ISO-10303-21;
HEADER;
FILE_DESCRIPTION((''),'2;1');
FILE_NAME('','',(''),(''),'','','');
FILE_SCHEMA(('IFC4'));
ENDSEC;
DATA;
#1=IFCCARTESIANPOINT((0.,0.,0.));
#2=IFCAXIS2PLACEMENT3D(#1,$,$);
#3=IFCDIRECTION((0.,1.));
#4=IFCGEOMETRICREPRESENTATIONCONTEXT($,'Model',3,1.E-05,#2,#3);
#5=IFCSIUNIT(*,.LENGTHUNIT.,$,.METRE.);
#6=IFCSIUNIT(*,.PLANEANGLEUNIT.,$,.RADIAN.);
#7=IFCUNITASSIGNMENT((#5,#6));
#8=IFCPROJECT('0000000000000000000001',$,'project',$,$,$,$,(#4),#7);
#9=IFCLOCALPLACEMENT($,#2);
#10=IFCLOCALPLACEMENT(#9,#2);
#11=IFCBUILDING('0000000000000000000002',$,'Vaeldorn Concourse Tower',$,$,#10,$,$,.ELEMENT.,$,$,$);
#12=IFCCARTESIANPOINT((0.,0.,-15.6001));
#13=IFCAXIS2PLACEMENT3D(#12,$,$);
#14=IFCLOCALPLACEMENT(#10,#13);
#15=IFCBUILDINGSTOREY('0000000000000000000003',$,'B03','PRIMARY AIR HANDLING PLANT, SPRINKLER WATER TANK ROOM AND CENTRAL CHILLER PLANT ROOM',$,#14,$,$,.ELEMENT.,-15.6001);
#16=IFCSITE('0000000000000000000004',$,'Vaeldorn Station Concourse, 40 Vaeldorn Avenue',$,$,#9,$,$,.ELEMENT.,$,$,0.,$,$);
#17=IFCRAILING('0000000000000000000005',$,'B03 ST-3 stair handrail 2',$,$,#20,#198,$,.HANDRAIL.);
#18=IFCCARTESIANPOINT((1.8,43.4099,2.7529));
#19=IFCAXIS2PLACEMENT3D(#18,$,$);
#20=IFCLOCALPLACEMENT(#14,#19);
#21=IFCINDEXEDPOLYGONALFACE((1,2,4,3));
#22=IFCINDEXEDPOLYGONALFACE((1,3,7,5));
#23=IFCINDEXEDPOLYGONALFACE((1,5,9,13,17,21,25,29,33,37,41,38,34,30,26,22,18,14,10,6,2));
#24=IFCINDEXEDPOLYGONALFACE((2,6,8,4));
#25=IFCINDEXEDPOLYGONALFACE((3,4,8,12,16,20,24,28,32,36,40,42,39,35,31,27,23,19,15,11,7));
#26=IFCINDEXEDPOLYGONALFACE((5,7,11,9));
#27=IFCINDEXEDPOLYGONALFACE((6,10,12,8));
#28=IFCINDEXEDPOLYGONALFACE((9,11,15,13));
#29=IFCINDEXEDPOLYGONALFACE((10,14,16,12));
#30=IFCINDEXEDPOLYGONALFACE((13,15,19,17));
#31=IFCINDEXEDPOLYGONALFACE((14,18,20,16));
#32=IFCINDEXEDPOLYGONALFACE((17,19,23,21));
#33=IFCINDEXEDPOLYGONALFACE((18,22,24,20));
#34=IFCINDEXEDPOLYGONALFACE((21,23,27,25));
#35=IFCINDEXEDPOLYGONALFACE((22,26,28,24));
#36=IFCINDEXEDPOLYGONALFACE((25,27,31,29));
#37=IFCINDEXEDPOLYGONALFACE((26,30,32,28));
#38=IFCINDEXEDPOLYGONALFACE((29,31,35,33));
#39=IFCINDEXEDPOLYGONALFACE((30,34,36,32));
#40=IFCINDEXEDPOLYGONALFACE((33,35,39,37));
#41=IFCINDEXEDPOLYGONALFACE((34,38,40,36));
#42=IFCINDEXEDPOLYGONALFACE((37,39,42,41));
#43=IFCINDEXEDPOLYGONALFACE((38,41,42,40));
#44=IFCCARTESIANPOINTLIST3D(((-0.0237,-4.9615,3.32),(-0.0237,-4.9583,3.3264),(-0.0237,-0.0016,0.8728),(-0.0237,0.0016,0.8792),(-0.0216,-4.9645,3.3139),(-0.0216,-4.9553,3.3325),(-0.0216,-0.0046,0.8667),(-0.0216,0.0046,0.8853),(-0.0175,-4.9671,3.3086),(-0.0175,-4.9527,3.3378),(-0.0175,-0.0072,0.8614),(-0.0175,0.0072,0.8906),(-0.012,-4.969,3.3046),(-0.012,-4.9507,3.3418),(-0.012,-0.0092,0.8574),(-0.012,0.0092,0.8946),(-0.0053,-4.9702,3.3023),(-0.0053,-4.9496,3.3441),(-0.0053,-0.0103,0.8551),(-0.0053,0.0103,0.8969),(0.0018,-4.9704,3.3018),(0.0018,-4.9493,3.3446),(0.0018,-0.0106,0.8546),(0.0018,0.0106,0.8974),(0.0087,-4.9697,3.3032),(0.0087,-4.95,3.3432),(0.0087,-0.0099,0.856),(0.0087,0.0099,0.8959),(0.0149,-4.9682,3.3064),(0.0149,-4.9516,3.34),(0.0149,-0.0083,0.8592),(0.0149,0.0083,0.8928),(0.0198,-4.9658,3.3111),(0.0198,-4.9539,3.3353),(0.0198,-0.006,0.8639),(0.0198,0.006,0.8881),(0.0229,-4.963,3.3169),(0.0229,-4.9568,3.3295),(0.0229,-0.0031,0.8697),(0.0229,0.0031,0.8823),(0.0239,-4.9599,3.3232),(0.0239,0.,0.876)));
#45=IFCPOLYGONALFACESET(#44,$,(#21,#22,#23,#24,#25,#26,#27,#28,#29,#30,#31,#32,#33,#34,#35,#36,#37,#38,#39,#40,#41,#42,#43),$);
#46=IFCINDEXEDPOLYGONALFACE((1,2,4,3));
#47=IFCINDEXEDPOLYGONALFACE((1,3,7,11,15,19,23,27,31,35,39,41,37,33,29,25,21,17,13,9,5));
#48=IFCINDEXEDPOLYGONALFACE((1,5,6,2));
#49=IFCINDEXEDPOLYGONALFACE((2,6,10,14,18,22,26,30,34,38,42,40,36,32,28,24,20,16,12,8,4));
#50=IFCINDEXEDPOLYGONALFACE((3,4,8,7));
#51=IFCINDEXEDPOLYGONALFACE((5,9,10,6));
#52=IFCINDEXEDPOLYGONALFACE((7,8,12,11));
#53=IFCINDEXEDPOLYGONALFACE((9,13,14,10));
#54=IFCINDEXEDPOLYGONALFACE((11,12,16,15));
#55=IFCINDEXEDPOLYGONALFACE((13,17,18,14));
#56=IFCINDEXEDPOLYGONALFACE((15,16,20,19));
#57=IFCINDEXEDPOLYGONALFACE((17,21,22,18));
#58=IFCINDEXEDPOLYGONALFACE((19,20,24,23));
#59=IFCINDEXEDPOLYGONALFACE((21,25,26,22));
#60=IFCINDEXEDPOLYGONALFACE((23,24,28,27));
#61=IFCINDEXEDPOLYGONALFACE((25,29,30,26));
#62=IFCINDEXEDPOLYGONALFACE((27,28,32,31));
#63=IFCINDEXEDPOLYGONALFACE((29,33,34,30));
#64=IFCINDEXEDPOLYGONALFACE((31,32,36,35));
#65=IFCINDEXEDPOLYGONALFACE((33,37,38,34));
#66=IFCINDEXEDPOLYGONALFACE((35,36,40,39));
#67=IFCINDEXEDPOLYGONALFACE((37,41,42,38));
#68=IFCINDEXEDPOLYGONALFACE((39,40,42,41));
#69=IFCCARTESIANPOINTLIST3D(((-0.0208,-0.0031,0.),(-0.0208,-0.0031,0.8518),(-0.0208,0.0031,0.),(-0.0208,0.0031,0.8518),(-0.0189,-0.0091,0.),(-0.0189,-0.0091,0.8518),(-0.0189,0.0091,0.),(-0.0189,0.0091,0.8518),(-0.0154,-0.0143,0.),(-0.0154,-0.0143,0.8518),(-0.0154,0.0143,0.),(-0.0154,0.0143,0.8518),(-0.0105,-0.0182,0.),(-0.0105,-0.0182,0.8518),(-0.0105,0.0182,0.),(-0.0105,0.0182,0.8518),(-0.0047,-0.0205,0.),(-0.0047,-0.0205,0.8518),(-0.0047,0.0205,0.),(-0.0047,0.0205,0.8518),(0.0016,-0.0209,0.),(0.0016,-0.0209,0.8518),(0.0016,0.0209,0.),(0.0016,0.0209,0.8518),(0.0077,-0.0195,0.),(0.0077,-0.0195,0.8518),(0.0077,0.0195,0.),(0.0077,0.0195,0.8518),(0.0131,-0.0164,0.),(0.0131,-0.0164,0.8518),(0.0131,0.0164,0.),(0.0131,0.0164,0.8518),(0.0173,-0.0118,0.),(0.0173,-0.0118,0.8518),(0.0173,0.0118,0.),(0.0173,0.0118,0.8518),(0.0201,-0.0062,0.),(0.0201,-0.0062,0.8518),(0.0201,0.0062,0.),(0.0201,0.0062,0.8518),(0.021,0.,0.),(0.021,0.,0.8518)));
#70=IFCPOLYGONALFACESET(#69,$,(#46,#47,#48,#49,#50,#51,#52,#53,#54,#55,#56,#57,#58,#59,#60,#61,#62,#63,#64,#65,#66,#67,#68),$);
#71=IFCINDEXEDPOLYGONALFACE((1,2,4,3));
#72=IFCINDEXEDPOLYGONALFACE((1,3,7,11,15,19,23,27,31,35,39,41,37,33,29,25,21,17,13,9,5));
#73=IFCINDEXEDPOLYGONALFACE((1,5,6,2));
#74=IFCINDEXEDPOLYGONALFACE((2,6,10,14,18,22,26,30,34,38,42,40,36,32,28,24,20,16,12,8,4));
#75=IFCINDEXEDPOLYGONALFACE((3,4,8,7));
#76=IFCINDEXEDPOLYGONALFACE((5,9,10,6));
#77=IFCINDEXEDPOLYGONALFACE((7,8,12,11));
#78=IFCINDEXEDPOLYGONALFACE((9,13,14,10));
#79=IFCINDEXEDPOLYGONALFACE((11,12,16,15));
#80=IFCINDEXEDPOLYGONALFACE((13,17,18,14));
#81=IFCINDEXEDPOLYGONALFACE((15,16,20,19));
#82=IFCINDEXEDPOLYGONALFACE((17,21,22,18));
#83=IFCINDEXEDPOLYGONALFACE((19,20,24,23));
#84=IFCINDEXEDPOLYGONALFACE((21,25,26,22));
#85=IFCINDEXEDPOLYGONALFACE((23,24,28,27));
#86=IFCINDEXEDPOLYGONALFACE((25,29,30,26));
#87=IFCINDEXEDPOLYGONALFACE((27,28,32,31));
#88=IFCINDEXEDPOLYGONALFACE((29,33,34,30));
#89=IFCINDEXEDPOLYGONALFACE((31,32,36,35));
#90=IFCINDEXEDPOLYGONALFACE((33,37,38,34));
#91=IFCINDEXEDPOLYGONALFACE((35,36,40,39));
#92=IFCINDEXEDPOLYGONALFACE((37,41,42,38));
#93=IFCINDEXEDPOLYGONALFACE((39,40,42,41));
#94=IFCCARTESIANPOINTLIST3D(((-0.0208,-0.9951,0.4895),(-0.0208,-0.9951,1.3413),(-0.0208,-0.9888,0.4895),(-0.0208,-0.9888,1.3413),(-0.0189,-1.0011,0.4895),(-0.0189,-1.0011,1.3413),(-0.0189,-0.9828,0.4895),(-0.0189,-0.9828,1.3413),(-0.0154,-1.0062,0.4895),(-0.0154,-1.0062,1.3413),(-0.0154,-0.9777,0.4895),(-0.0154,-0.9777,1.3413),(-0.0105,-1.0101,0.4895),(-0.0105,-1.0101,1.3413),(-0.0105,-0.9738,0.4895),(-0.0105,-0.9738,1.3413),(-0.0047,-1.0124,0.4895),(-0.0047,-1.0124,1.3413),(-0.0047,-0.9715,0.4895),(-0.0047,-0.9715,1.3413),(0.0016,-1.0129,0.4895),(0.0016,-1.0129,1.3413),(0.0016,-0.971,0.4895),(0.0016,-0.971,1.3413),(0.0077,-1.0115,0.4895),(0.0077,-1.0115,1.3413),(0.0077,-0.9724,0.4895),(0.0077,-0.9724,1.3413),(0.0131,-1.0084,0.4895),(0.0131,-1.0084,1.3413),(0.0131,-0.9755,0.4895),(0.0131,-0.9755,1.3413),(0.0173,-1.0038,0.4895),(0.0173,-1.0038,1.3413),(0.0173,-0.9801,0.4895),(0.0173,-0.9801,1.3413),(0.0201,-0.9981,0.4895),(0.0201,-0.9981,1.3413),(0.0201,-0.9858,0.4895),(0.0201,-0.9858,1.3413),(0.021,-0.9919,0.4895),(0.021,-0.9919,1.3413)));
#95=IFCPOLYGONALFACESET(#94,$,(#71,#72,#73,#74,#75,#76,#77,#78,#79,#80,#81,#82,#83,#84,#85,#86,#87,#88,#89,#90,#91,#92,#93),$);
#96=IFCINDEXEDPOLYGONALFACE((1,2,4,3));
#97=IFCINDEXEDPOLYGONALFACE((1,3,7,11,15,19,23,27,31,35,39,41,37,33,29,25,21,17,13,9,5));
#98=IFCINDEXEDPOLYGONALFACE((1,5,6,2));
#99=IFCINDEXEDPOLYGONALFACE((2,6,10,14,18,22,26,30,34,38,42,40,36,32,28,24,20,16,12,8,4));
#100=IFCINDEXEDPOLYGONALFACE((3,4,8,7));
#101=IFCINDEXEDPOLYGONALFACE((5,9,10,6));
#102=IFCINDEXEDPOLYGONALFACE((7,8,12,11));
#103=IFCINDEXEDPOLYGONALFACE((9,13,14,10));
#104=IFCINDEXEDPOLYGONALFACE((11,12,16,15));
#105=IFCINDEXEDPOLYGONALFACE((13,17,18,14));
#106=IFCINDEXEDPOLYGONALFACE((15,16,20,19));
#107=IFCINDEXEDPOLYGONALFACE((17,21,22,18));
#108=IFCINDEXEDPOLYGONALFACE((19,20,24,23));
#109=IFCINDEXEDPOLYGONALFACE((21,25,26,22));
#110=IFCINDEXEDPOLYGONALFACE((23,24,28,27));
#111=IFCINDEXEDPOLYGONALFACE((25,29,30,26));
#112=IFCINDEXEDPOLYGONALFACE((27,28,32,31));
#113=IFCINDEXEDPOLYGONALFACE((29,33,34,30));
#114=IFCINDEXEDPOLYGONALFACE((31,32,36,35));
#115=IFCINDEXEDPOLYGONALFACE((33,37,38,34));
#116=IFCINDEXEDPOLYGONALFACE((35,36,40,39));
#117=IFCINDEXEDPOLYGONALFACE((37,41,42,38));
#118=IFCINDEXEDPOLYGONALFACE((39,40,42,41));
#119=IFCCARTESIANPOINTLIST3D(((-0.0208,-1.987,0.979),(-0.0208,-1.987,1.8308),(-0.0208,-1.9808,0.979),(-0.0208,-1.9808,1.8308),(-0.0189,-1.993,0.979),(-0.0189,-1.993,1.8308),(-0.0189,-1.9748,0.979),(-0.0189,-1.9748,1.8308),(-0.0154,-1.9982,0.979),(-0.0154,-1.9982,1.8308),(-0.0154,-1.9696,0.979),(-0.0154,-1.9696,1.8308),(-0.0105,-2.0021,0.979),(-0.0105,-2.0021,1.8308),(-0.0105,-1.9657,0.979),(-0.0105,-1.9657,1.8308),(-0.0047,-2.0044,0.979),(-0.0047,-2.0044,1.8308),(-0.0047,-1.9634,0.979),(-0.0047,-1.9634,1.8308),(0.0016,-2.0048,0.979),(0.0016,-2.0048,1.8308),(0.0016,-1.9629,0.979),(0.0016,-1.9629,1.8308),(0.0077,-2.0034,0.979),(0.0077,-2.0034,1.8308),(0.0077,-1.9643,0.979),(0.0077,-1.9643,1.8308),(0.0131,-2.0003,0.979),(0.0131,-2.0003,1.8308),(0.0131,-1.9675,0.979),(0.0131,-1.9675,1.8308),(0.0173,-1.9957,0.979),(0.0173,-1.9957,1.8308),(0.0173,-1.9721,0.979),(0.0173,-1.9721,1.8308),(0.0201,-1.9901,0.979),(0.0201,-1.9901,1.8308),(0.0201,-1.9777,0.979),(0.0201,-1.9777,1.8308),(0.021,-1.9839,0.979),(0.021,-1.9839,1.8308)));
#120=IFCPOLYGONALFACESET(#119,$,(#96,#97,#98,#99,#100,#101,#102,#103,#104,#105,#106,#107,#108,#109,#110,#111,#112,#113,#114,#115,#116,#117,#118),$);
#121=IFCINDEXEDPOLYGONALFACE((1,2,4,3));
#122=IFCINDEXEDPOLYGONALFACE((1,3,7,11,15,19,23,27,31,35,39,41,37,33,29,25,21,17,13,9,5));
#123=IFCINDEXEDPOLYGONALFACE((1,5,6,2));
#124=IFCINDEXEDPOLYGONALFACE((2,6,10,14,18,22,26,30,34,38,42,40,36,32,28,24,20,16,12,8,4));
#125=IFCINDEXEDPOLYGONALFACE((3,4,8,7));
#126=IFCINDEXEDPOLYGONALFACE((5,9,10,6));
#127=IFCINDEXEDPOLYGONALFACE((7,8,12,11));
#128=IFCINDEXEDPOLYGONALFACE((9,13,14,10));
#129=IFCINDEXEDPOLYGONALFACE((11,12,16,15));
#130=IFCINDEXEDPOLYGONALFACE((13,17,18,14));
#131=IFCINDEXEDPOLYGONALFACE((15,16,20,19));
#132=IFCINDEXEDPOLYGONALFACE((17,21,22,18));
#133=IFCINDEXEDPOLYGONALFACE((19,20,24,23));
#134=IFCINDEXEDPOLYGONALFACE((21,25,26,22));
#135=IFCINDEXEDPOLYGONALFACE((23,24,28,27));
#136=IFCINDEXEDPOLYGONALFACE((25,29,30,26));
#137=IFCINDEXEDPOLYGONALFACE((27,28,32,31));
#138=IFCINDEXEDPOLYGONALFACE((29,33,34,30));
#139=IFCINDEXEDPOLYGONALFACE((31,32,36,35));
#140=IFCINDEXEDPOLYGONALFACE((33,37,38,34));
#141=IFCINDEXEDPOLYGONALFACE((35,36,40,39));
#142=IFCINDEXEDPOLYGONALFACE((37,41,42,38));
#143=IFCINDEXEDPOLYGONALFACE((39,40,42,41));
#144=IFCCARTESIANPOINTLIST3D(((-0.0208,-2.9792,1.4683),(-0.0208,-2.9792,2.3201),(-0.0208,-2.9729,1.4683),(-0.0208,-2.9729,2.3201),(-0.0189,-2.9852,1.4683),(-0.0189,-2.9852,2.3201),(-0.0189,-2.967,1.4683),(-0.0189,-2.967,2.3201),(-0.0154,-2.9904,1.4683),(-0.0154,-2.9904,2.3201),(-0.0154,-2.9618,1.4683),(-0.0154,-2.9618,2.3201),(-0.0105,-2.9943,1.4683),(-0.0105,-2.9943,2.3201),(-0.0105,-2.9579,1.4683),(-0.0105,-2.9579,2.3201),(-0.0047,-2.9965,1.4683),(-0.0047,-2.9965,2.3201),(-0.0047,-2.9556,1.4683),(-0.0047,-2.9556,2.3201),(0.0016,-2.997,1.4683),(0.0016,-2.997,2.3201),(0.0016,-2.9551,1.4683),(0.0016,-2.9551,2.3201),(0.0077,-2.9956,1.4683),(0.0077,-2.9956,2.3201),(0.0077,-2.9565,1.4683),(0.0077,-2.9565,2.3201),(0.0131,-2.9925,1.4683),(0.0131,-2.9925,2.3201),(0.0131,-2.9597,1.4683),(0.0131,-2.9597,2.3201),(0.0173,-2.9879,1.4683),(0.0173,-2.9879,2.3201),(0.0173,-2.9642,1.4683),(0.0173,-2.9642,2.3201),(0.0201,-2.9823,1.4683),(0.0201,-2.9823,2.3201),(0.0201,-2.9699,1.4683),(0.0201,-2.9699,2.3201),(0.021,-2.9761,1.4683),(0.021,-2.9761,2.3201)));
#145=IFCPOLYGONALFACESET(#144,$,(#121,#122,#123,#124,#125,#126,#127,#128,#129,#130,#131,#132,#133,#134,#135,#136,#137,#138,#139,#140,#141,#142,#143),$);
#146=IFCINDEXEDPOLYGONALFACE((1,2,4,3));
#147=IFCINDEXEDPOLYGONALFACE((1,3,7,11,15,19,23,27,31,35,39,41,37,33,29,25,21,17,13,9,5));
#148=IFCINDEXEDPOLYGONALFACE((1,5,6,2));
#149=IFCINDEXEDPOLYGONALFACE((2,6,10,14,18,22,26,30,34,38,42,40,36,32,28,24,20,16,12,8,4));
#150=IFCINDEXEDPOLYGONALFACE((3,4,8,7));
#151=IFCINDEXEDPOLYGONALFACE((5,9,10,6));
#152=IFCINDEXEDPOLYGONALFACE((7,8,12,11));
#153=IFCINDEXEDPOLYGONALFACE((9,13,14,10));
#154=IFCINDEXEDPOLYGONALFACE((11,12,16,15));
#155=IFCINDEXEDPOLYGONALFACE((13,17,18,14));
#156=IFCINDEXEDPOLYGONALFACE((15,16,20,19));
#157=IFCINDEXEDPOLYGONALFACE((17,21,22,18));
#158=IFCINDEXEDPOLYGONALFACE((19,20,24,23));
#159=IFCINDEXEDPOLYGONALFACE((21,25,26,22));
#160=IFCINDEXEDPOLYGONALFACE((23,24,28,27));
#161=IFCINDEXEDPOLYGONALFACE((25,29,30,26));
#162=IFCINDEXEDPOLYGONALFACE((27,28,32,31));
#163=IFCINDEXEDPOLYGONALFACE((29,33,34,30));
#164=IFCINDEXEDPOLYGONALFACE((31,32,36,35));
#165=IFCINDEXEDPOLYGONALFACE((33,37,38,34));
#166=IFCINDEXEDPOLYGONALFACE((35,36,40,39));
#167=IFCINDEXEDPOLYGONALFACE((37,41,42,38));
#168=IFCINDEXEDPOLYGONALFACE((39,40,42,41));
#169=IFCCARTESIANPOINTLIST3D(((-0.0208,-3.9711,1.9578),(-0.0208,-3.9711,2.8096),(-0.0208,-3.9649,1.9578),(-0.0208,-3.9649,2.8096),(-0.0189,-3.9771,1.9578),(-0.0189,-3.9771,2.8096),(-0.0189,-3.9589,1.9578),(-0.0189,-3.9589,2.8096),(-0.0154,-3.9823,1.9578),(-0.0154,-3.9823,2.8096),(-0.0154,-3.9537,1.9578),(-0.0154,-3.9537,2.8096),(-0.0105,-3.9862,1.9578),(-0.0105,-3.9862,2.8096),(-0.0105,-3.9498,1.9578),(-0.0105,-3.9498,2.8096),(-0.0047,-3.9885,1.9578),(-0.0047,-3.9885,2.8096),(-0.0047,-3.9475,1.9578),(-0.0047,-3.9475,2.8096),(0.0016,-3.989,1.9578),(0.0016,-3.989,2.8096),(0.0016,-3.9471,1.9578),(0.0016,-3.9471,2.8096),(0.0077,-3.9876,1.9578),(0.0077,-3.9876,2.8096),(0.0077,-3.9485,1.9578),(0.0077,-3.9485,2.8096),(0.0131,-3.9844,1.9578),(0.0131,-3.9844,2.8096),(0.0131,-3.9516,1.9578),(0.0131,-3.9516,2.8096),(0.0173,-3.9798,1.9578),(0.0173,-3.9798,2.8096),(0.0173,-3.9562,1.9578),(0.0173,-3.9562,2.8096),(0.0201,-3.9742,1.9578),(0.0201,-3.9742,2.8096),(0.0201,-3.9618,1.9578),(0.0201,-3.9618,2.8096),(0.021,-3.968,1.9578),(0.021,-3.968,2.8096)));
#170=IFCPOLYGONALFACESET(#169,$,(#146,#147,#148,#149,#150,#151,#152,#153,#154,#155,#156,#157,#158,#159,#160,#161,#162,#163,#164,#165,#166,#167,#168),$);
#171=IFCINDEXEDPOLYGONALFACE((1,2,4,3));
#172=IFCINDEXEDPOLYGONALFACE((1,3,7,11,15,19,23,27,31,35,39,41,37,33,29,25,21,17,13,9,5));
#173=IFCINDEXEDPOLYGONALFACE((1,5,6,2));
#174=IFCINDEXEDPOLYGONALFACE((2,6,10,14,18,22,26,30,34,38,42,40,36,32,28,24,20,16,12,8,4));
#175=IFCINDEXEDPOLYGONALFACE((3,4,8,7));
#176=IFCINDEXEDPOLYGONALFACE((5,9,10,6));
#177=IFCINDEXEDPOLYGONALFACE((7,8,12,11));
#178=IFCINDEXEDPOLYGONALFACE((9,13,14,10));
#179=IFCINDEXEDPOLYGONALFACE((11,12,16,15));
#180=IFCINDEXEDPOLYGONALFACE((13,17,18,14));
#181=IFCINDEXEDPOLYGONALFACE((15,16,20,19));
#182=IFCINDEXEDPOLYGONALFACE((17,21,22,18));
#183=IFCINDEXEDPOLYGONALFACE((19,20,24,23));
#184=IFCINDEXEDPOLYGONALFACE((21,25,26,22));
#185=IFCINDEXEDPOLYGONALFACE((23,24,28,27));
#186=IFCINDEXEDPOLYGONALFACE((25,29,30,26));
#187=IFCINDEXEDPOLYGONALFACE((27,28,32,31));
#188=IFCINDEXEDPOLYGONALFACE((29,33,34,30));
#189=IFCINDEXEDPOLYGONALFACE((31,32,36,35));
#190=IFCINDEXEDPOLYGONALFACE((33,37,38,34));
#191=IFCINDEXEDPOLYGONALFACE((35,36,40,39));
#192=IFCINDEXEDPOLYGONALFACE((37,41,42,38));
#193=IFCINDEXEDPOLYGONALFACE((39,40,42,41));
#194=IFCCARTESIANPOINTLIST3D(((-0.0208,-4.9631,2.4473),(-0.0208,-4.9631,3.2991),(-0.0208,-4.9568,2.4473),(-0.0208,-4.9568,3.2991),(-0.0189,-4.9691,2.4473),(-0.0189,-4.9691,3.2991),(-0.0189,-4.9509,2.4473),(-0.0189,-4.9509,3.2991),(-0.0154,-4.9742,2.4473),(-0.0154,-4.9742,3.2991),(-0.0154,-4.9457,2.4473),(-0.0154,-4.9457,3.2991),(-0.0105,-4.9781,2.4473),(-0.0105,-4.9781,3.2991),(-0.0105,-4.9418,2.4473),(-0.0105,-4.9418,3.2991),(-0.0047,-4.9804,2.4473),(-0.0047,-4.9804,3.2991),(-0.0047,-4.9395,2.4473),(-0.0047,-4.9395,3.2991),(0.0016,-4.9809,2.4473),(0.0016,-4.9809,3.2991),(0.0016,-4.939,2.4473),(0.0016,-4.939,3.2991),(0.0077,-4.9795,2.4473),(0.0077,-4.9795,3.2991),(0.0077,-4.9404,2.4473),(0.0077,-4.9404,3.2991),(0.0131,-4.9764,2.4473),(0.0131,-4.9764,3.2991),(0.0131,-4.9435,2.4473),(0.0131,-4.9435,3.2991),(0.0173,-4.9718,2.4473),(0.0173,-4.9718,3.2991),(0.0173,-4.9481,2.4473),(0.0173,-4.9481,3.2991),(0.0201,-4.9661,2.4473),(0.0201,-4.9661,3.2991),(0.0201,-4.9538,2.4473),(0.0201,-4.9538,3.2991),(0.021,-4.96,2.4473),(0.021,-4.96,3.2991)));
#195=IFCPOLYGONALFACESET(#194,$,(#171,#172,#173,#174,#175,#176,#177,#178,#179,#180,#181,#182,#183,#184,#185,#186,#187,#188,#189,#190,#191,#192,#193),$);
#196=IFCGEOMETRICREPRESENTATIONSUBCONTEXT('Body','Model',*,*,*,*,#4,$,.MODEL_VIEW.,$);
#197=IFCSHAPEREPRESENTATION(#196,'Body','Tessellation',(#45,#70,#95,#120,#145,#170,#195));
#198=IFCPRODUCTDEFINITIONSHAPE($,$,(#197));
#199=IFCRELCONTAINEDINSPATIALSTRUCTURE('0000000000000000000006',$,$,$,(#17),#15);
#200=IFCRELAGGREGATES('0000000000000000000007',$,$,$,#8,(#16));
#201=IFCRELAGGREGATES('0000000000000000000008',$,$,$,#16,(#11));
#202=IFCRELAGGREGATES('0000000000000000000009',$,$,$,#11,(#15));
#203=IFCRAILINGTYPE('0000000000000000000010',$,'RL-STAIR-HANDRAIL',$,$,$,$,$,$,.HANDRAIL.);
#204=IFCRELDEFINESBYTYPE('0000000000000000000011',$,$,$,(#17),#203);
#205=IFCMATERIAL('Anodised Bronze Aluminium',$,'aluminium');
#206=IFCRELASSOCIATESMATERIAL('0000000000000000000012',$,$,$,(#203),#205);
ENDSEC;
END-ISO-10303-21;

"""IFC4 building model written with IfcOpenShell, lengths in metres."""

from ifc_helpers import new_model, si_unit, direction, frame, origin, origin_2d, place, context, subcontext, project, spatial, circle, extrude, material, type_object, element, save


model = new_model("IFC4")

# Units and contexts
model_context = context("Model", 3, precision=1e-05, world=origin(), true_north=direction((0.0, 1.0)))
body_context = subcontext(model_context, "Body", "Model", "MODEL_VIEW")
ifc_project = project(units=[si_unit("LENGTHUNIT", "METRE"), si_unit("PLANEANGLEUNIT", "RADIAN")], contexts=[model_context])

# Site, building, storey
site_placement = place(None, origin())
site = spatial("IfcSite", under=ifc_project, at=site_placement, Name="Vaeldorn Station Concourse, 40 Vaeldorn Avenue", CompositionType="ELEMENT", RefElevation=0.0)
building_placement = place(site_placement, origin())
building = spatial("IfcBuilding", under=site, at=building_placement, Name="Vaeldorn Concourse Tower", CompositionType="ELEMENT")
storey_placement = place(building_placement, frame((0.0, 0.0, -15.6001)))
storey = spatial("IfcBuildingStorey", under=building, at=storey_placement, Name="B03", Description="PRIMARY AIR HANDLING PLANT, SPRINKLER WATER TANK ROOM AND CENTRAL CHILLER PLANT ROOM", CompositionType="ELEMENT", Elevation=-15.6001)

# Railing
ifc_material_1 = material(Name="Anodised Bronze Aluminium", Category="aluminium")
railing_type_1 = type_object("IfcRailingType", Name="RL-STAIR-HANDRAIL", PredefinedType="HANDRAIL", material=ifc_material_1)
for number, where, name in (
    (1, (1.8, 43.4099, 2.7529), "B03 ST-3 stair handrail 2"),
):
    element("IfcRailing", number, at=place(storey_placement, frame(where)), inside=storey, type_object=railing_type_1, Name=name, PredefinedType="HANDRAIL", context=body_context, shape_type="SweptSolid", body=[
        extrude(circle(Radius=0.0239, at=origin_2d()), frame((0.0, 0.0, 0.876), z_axis=(0.0, -0.896781, 0.442475), x_axis=(1.0, 0.0, 0.0)), (0.0, 0.0, 1.0), 5.5308),
        extrude(circle(Radius=0.021, at=origin_2d()), origin(), (0.0, 0.0, 1.0), 0.8518),
        extrude(circle(Radius=0.021, at=origin_2d()), frame((0.0, -0.9919, 0.4895)), (0.0, 0.0, 1.0), 0.8518),
        extrude(circle(Radius=0.021, at=origin_2d()), frame((0.0, -1.9839, 0.979)), (0.0, 0.0, 1.0), 0.8518),
        extrude(circle(Radius=0.021, at=origin_2d()), frame((0.0, -2.9761, 1.4683)), (0.0, 0.0, 1.0), 0.8518),
        extrude(circle(Radius=0.021, at=origin_2d()), frame((0.0, -3.968, 1.9578)), (0.0, 0.0, 1.0), 0.8518),
        extrude(circle(Radius=0.021, at=origin_2d()), frame((0.0, -4.96, 2.4473)), (0.0, 0.0, 1.0), 0.8518),
    ])

save(model, "model.ifc")
